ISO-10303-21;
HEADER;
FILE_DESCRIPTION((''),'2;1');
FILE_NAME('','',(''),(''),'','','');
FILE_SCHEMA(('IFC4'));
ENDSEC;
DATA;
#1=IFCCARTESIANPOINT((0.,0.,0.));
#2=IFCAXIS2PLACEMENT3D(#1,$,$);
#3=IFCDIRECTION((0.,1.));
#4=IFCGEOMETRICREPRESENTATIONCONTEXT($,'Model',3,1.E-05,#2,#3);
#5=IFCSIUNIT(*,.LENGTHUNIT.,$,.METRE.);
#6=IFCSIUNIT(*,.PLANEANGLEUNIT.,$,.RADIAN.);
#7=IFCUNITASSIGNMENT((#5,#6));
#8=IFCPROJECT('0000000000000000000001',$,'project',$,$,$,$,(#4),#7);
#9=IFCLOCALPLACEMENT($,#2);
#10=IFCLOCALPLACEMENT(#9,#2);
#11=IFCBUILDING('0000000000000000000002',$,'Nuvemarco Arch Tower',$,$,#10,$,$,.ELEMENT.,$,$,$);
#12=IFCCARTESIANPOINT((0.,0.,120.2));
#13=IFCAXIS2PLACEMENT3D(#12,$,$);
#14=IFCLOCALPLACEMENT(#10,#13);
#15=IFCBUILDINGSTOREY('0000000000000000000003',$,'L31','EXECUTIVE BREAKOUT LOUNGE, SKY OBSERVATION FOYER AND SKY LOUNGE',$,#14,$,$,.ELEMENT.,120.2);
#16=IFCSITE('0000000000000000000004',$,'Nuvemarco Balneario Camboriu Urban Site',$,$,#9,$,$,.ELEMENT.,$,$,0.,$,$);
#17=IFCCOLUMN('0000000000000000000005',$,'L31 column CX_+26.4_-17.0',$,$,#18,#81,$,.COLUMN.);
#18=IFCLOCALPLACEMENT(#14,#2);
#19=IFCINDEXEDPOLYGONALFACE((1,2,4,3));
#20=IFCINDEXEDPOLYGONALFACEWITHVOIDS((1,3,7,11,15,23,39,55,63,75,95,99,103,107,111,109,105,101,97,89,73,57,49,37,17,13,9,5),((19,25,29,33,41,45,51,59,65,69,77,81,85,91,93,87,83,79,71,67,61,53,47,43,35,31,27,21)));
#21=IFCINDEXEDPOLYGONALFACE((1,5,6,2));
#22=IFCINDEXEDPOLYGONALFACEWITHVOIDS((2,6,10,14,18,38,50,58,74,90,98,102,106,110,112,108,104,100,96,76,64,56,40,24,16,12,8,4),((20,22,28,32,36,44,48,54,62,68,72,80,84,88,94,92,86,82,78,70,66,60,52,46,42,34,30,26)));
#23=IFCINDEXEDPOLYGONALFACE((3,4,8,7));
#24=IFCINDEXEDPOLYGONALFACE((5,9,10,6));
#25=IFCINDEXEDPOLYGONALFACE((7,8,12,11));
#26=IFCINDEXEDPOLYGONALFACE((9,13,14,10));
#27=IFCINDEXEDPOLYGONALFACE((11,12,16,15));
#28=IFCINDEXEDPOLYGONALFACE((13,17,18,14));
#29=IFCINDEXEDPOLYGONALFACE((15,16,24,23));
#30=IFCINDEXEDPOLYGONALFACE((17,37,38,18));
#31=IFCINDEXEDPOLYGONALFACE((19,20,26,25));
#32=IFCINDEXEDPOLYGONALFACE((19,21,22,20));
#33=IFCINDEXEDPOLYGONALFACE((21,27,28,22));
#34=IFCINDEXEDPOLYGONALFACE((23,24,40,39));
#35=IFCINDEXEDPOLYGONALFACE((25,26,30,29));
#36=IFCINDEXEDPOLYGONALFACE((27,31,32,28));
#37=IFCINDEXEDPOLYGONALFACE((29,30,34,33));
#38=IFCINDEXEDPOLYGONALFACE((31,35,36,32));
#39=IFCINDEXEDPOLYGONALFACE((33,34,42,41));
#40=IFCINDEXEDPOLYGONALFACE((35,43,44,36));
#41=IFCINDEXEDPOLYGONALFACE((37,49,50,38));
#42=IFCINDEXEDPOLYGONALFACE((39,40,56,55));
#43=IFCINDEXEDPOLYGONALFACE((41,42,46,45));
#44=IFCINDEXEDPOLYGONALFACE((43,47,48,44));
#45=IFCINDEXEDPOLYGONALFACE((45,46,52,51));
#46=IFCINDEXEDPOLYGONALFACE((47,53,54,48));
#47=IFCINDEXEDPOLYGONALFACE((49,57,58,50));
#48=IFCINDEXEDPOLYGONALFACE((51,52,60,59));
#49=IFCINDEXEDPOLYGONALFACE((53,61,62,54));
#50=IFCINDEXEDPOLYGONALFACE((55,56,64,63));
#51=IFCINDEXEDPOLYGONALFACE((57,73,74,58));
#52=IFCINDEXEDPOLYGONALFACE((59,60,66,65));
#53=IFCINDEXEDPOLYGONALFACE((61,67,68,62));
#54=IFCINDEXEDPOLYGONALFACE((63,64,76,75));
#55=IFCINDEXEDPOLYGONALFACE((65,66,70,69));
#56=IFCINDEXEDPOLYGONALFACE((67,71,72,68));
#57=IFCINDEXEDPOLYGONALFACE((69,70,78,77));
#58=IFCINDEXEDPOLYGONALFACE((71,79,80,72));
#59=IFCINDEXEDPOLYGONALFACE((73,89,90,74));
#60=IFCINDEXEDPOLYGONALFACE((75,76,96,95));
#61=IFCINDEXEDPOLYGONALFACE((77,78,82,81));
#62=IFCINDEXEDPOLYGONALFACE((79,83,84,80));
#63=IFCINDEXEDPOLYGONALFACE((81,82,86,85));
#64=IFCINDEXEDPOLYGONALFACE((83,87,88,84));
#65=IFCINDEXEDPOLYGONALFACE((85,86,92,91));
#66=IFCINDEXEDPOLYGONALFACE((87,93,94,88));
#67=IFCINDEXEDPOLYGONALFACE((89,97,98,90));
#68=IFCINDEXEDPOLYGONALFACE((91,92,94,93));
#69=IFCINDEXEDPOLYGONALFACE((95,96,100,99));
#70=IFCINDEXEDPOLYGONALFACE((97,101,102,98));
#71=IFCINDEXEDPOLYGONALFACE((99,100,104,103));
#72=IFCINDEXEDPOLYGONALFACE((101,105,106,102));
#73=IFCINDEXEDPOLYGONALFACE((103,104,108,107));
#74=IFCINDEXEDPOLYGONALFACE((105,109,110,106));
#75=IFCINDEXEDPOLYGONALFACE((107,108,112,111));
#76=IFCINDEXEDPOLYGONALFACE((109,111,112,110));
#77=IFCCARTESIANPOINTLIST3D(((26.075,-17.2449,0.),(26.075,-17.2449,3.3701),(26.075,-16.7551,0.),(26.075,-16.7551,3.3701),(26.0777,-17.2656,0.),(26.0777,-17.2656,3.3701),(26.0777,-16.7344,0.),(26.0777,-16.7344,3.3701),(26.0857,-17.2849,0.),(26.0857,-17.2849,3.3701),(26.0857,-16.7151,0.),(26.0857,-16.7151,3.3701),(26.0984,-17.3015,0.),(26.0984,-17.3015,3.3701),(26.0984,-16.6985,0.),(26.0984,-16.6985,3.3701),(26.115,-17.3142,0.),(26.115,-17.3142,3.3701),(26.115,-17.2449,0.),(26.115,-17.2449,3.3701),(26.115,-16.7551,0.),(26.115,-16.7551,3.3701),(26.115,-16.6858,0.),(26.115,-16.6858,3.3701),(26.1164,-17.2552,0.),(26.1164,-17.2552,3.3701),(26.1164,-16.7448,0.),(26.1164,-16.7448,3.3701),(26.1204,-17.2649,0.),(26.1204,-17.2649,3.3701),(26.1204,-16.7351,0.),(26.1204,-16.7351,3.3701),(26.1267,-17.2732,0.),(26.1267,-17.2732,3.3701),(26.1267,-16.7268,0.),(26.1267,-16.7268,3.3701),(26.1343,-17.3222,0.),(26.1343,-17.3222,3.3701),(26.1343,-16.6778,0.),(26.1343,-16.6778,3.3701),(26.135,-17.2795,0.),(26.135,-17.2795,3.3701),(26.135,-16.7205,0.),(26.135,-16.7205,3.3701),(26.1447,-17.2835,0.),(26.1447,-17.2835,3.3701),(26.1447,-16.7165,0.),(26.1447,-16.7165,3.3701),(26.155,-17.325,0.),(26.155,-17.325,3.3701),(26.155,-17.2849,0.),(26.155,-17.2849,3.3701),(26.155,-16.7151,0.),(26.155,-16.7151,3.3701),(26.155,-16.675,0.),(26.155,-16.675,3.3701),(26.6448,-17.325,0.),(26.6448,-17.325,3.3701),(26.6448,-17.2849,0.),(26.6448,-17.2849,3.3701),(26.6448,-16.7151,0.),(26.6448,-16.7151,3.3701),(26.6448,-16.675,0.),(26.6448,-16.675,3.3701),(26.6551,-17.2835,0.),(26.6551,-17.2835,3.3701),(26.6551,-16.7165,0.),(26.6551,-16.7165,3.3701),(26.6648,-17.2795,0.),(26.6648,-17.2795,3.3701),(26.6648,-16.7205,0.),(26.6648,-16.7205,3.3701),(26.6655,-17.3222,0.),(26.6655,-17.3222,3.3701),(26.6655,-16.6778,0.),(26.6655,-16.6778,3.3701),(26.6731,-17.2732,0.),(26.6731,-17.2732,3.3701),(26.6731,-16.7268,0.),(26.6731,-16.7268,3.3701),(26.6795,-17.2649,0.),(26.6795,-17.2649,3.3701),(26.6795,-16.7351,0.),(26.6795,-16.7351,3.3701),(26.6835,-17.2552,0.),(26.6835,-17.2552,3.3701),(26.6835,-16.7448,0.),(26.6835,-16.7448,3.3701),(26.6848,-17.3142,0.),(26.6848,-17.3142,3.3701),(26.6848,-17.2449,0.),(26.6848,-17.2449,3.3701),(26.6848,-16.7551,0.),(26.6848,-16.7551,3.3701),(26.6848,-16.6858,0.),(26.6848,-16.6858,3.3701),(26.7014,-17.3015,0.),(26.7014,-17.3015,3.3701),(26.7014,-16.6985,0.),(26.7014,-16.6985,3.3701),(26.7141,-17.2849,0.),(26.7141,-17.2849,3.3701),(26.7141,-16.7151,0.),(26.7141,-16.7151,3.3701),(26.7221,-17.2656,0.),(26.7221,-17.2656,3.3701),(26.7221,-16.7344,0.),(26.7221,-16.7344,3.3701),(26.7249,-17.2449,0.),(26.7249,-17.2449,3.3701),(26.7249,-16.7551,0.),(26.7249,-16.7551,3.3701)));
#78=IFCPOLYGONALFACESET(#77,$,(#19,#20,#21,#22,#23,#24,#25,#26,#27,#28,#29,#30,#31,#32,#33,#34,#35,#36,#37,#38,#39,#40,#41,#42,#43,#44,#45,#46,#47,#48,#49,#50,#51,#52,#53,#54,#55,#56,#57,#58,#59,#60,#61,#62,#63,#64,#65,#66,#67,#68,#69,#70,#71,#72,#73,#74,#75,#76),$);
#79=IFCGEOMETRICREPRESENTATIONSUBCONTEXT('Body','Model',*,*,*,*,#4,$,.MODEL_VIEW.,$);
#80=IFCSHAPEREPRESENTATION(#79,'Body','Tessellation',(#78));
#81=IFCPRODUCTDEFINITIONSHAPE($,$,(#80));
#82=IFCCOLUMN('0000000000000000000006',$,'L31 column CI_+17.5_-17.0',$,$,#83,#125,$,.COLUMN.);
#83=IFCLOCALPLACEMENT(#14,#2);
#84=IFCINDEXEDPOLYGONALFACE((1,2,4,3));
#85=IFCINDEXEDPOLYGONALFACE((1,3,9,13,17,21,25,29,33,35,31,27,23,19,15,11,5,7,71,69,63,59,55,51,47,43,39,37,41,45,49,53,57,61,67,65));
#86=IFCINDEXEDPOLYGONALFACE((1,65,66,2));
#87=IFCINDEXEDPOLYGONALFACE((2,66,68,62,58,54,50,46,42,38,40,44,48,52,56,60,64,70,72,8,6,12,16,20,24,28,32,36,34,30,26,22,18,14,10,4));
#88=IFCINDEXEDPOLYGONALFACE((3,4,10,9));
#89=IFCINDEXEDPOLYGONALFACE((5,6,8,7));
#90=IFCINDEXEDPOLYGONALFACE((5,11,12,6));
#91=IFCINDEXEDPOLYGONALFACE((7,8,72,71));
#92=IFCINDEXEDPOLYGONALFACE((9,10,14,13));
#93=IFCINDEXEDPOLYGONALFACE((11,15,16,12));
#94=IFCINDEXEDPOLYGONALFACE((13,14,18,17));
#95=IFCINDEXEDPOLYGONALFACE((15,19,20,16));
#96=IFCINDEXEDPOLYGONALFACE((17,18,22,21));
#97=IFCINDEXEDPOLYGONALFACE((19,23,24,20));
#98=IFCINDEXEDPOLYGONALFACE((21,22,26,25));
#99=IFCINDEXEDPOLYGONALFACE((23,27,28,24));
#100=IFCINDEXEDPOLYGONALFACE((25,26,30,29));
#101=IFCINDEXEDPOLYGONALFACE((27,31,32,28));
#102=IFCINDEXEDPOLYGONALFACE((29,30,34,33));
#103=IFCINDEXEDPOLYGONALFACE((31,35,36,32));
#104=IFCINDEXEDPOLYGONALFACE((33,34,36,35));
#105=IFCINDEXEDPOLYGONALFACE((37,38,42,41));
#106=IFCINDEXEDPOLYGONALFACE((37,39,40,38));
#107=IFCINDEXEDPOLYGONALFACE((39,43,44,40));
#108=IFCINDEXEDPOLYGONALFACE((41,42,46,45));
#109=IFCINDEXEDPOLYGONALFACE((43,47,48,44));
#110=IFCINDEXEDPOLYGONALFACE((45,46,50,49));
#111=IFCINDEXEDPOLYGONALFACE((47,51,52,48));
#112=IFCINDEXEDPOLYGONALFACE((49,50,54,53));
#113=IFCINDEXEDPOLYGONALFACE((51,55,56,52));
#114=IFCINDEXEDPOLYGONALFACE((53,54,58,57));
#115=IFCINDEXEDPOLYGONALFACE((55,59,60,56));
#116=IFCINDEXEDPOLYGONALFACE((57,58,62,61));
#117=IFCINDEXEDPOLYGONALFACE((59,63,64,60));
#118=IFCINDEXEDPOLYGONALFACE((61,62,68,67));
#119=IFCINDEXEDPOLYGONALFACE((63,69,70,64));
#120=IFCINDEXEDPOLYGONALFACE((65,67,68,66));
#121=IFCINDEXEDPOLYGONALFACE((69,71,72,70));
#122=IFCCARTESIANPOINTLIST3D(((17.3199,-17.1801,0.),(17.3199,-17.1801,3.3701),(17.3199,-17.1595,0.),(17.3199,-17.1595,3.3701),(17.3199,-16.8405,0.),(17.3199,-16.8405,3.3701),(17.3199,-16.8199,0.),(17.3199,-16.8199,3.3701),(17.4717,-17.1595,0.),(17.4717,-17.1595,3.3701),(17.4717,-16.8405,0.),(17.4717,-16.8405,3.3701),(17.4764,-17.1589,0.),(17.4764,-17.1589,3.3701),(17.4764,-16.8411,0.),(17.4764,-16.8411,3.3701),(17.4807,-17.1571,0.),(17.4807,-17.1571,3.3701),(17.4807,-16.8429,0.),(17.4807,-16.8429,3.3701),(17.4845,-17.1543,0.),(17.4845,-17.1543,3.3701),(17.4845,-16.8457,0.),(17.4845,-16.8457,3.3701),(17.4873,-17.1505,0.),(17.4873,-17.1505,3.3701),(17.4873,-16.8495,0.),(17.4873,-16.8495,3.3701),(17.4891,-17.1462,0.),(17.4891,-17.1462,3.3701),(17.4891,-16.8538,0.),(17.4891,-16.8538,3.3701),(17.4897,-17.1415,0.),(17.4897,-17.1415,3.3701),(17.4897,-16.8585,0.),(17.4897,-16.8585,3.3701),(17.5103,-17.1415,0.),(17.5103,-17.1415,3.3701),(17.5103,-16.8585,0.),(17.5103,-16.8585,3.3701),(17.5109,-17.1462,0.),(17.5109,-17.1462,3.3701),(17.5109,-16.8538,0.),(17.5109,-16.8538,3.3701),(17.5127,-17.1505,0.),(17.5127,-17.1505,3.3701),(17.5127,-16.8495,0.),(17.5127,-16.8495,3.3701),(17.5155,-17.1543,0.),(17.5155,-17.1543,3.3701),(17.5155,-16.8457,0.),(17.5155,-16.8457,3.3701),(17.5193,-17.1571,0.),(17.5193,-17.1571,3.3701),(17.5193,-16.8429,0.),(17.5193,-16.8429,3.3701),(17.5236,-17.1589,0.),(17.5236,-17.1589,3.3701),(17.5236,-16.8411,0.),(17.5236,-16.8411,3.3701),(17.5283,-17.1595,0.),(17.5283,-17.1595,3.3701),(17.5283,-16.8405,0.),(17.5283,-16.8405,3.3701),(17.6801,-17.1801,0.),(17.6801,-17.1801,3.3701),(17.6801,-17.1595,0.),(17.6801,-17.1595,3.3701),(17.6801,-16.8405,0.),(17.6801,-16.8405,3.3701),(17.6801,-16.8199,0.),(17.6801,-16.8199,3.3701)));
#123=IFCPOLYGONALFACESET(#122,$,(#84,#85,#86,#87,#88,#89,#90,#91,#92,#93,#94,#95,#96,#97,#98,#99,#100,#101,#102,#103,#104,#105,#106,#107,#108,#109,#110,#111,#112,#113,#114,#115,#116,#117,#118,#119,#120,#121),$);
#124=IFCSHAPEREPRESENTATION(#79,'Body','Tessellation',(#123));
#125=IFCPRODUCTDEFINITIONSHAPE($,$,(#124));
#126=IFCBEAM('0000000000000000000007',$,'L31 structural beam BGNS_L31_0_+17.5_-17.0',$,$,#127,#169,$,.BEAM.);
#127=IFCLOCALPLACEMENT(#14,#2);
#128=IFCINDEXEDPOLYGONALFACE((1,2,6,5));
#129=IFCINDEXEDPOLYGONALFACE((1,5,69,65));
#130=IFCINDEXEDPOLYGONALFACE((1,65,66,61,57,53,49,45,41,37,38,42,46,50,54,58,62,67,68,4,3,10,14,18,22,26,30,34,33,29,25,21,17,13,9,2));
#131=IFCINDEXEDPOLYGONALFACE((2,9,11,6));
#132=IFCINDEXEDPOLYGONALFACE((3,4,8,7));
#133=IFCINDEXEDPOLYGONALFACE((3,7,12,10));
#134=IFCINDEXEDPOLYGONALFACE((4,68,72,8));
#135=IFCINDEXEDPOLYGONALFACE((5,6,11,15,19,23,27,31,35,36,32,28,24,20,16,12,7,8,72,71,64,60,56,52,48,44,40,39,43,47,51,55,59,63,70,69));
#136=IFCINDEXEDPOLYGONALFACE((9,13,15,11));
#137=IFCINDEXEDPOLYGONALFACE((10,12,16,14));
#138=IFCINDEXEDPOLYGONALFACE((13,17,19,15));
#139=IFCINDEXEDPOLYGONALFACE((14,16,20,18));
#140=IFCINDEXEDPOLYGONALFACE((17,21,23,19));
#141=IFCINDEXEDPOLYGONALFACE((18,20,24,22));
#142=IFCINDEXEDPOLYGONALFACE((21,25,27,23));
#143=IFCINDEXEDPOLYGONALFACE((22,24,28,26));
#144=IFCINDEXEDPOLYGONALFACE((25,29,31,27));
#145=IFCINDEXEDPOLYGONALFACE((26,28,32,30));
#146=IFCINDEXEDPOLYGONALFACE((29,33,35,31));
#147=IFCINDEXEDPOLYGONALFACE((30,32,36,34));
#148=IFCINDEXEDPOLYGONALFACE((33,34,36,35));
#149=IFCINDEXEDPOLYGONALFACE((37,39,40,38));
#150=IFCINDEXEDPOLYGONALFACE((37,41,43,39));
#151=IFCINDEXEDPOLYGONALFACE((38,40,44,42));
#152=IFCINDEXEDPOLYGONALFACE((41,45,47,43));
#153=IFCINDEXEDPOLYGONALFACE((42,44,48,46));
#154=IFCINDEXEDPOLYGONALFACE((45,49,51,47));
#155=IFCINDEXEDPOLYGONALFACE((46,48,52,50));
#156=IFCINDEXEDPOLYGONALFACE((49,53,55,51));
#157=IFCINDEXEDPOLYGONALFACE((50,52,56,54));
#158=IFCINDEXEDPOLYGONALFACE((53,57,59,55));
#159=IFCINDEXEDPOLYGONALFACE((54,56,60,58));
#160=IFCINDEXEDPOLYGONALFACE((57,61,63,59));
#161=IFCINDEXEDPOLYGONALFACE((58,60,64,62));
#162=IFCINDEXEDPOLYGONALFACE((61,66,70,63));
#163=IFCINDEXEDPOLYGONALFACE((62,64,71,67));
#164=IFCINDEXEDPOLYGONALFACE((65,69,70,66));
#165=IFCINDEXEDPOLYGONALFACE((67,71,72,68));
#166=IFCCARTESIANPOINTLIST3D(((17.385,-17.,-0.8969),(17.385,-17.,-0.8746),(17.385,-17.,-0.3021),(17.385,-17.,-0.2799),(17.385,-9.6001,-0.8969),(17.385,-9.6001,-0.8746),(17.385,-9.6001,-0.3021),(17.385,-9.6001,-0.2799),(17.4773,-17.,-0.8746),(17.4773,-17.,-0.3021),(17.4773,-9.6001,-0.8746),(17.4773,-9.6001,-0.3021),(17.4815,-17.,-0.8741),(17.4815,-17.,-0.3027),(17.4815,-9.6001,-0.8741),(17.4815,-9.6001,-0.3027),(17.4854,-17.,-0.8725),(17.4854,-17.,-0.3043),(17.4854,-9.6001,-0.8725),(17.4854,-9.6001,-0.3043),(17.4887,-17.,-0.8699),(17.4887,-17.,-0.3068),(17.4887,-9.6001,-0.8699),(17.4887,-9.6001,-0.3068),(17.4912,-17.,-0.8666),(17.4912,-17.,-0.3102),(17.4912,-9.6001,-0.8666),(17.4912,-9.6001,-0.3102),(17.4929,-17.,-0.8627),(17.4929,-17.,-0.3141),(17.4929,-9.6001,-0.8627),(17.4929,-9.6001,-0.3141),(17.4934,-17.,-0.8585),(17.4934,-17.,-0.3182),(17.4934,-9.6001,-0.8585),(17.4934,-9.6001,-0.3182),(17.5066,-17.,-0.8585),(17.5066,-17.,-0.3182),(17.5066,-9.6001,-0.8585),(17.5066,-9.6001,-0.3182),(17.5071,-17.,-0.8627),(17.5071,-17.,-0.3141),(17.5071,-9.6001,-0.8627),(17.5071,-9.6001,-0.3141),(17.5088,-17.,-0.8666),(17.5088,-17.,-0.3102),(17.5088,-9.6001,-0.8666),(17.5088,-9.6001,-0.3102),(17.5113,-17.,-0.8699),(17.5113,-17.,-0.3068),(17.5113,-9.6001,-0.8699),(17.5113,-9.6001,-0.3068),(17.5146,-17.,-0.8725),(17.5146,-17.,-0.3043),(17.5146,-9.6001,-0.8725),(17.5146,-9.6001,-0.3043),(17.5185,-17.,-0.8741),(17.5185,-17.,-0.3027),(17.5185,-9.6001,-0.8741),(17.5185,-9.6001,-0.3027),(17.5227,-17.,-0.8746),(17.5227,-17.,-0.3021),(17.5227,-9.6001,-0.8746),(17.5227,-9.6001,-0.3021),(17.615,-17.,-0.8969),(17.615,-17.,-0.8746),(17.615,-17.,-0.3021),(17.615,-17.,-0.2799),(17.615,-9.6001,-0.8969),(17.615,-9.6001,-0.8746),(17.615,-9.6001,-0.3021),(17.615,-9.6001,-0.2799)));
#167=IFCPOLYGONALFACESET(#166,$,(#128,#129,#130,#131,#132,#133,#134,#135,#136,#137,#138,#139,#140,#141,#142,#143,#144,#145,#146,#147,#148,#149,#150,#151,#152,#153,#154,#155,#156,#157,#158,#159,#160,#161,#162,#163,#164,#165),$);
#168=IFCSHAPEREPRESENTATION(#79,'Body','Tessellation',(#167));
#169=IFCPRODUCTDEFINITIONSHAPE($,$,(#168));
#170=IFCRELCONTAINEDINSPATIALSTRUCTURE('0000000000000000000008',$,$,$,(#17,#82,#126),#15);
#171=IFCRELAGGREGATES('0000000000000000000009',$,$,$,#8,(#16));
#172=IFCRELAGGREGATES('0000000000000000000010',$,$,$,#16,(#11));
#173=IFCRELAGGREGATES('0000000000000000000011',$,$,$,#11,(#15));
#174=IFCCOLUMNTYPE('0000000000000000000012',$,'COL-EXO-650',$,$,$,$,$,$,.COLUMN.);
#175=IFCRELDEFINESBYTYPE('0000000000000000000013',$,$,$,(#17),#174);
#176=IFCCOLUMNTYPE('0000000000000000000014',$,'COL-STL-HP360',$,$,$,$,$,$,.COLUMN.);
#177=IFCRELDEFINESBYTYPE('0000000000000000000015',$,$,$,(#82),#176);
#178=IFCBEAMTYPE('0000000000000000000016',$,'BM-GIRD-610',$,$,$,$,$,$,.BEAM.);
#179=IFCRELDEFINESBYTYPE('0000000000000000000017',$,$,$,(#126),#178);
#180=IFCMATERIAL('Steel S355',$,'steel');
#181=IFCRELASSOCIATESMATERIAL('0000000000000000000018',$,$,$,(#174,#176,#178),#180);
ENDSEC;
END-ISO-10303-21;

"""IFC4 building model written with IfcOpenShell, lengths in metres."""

from ifc_helpers import new_model, si_unit, direction, frame, origin, origin_2d, place, context, subcontext, project, spatial, hollow_rectangle, i_section, extrude, material, material_profile, profile_set, type_object, element, save


model = new_model("IFC4")

# Units and contexts
model_context = context("Model", 3, precision=1e-05, world=origin(), true_north=direction((0.0, 1.0)))
body_context = subcontext(model_context, "Body", "Model", "MODEL_VIEW")
ifc_project = project(units=[si_unit("LENGTHUNIT", "METRE"), si_unit("PLANEANGLEUNIT", "RADIAN")], contexts=[model_context])

# Site, building, storey
site_placement = place(None, origin())
site = spatial("IfcSite", under=ifc_project, at=site_placement, Name="Nuvemarco Balneario Camboriu Urban Site", CompositionType="ELEMENT", RefElevation=0.0)
building_placement = place(site_placement, origin())
building = spatial("IfcBuilding", under=site, at=building_placement, Name="Nuvemarco Arch Tower", CompositionType="ELEMENT")
storey_placement = place(building_placement, frame((0.0, 0.0, 120.2)))
storey = spatial("IfcBuildingStorey", under=building, at=storey_placement, Name="L31", Description="EXECUTIVE BREAKOUT LOUNGE, SKY OBSERVATION FOYER AND SKY LOUNGE", CompositionType="ELEMENT", Elevation=120.2)

# Columns
ifc_material_1 = material(Name="Steel S355", Category="steel")
ifc_material_profile_1 = material_profile(ifc_material_1, hollow_rectangle(XDim=0.6499, YDim=0.6499, WallThickness=0.04, InnerFilletRadius=0.04, OuterFilletRadius=0.0801, at=origin_2d()), Name="SHS650x650x40")
ifc_profile_set_1 = profile_set([ifc_material_profile_1], Name="Steel S355")
column_type_1 = type_object("IfcColumnType", Name="COL-EXO-650", PredefinedType="COLUMN", material=ifc_profile_set_1)
column_1_placement = place(storey_placement, frame((26.3999, -17.0, 0.0), z_axis=(0.0, 0.0, 1.0), x_axis=(1.0, 0.0, 0.0)))
element("IfcColumn", 1, at=column_1_placement, inside=storey, type_object=column_type_1, Name="L31 column CX_+26.4_-17.0", PredefinedType="COLUMN", context=body_context, shape_type="SweptSolid", body=[
    extrude(hollow_rectangle(XDim=0.6499, YDim=0.6499, WallThickness=0.04, InnerFilletRadius=0.04, OuterFilletRadius=0.0801, at=origin_2d()), origin(), (0.0, 0.0, 1.0), 3.3701),
])
ifc_material_profile_2 = material_profile(ifc_material_1, i_section(OverallWidth=0.3601, OverallDepth=0.3601, WebThickness=0.0205, FlangeThickness=0.0205, FilletRadius=0.0181, at=origin_2d()), Name="HP360x174")
ifc_profile_set_2 = profile_set([ifc_material_profile_2], Name="Steel S355")
column_type_2 = type_object("IfcColumnType", Name="COL-STL-HP360", PredefinedType="COLUMN", material=ifc_profile_set_2)
column_2_placement = place(storey_placement, frame((17.5, -17.0, 0.0), z_axis=(0.0, 0.0, 1.0), x_axis=(1.0, 0.0, 0.0)))
element("IfcColumn", 2, at=column_2_placement, inside=storey, type_object=column_type_2, Name="L31 column CI_+17.5_-17.0", PredefinedType="COLUMN", context=body_context, shape_type="SweptSolid", body=[
    extrude(i_section(OverallWidth=0.3601, OverallDepth=0.3601, WebThickness=0.0205, FlangeThickness=0.0205, FilletRadius=0.0181, at=origin_2d()), origin(), (0.0, 0.0, 1.0), 3.3701),
])

# Beam
ifc_material_profile_3 = material_profile(ifc_material_1, i_section(OverallWidth=0.23, OverallDepth=0.6169, WebThickness=0.0132, FlangeThickness=0.0222, FilletRadius=0.0161, at=origin_2d()), Name="W610x140")
ifc_profile_set_3 = profile_set([ifc_material_profile_3], Name="Steel S355")
beam_type_1 = type_object("IfcBeamType", Name="BM-GIRD-610", PredefinedType="BEAM", material=ifc_profile_set_3)
beam_1_placement = place(storey_placement, frame((17.5, -17.0, -0.5884), z_axis=(0.0, 1.0, 0.0), x_axis=(-1.0, 0.0, 0.0)))
element("IfcBeam", 3, at=beam_1_placement, inside=storey, type_object=beam_type_1, Name="L31 structural beam BGNS_L31_0_+17.5_-17.0", PredefinedType="BEAM", context=body_context, shape_type="SweptSolid", body=[
    extrude(i_section(OverallWidth=0.23, OverallDepth=0.6169, WebThickness=0.0132, FlangeThickness=0.0222, FilletRadius=0.0161, at=origin_2d()), origin(), (0.0, 0.0, 1.0), 7.3999),
])

save(model, "model.ifc")
